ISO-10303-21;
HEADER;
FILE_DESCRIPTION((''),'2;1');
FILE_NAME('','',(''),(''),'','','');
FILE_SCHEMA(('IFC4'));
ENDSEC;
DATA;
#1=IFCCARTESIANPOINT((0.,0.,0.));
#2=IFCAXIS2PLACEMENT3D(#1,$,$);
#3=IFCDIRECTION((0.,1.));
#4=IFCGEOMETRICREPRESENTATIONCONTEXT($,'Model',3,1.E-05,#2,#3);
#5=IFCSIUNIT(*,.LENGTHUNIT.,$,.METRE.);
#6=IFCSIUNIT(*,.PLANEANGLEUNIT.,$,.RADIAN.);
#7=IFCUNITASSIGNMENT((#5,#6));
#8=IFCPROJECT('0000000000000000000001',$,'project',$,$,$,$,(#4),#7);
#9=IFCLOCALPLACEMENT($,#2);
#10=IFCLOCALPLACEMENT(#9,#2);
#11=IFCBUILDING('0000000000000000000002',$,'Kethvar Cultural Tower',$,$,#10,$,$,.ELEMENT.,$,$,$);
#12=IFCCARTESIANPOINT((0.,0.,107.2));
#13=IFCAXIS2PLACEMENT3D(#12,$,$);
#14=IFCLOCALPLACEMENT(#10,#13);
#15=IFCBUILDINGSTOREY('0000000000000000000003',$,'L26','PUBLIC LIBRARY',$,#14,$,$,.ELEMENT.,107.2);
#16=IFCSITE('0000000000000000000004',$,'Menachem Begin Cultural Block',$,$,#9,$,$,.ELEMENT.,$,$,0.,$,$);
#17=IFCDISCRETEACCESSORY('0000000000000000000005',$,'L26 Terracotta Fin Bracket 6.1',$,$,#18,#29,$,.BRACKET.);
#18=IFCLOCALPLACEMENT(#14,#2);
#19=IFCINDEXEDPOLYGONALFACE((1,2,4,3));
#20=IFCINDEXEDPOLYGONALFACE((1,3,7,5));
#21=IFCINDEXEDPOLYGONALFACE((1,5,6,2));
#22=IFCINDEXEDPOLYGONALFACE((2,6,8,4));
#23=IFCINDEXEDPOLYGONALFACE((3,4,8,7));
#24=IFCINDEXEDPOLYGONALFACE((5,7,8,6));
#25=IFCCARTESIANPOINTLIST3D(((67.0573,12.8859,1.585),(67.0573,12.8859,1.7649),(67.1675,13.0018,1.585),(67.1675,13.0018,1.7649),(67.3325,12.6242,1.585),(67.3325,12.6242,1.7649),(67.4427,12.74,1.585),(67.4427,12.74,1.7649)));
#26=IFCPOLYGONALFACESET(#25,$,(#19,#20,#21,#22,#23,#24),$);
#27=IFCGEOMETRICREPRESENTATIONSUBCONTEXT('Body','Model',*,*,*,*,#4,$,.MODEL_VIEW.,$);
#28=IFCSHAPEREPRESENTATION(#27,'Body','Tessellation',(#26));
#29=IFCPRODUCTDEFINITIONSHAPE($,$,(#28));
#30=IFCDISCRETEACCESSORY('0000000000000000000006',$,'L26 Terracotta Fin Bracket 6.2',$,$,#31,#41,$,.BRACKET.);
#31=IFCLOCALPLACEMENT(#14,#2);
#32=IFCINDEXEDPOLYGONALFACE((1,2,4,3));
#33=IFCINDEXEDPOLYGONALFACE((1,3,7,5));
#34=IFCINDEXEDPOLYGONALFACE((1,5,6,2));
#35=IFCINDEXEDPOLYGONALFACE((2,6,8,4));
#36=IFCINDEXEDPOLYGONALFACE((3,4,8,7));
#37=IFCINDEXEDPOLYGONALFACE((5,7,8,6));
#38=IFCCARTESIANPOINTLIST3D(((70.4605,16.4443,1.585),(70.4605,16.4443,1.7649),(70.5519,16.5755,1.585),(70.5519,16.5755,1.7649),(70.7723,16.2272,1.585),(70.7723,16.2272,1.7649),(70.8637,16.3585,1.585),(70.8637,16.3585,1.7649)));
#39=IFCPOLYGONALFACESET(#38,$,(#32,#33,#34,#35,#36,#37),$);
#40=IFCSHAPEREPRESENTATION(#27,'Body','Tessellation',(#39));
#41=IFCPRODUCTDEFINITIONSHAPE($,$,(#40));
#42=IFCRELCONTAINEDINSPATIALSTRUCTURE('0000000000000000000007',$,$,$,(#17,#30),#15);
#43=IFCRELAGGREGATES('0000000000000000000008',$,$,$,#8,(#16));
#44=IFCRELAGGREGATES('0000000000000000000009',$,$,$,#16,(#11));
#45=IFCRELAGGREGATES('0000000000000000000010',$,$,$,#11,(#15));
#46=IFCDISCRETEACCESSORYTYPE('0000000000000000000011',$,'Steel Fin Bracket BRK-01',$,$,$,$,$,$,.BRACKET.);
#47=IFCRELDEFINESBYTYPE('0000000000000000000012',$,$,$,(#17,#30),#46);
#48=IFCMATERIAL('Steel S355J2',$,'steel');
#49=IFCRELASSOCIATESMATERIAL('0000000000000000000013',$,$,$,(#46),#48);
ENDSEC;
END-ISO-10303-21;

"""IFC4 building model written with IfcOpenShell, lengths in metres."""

from ifc_helpers import new_model, si_unit, direction, frame, origin, origin_2d, place, context, subcontext, project, spatial, rectangle, extrude, source, transform, mapped, material, type_object, element, save


model = new_model("IFC4")

# Units and contexts
model_context = context("Model", 3, precision=1e-05, world=origin(), true_north=direction((0.0, 1.0)))
body_context = subcontext(model_context, "Body", "Model", "MODEL_VIEW")
ifc_project = project(units=[si_unit("LENGTHUNIT", "METRE"), si_unit("PLANEANGLEUNIT", "RADIAN")], contexts=[model_context])

# Site, building, storey
site_placement = place(None, origin())
site = spatial("IfcSite", under=ifc_project, at=site_placement, Name="Menachem Begin Cultural Block", CompositionType="ELEMENT", RefElevation=0.0)
building_placement = place(site_placement, origin())
building = spatial("IfcBuilding", under=site, at=building_placement, Name="Kethvar Cultural Tower", CompositionType="ELEMENT")
storey_placement = place(building_placement, frame((0.0, 0.0, 107.2)))
storey = spatial("IfcBuildingStorey", under=building, at=storey_placement, Name="L26", Description="PUBLIC LIBRARY", CompositionType="ELEMENT", Elevation=107.2)

# Shared definitions
ifc_material_1 = material(Name="Steel S355J2", Category="steel")

# Discrete accessories
discrete_accessory_type = type_object("IfcDiscreteAccessoryType", Name="Steel Fin Bracket BRK-01", PredefinedType="BRACKET", material=ifc_material_1)
shared_shape_1 = source(origin(), body_context, "Body", "SweptSolid", [
    extrude(rectangle(XDim=0.3799, YDim=0.1599, at=origin_2d()), origin(), (0.0, 0.0, 1.0), 0.1799),
])
for number, where, z_axis, x_axis, name in (
    (1, (67.25, 12.813, 1.585), (0.0, 0.0, 1.0), (0.724653, -0.689114, 0.0), "L26 Terracotta Fin Bracket 6.1"),
    (2, (70.6621, 16.4014, 1.585), (0.0, 0.0, 1.0), (0.820751, -0.571287, 0.0), "L26 Terracotta Fin Bracket 6.2"),
):
    element("IfcDiscreteAccessory", number, at=place(storey_placement, frame(where, z_axis=z_axis, x_axis=x_axis)), inside=storey, type_object=discrete_accessory_type, Name=name, PredefinedType="BRACKET", context=body_context, shape_type="MappedRepresentation", body=[
        mapped(shared_shape_1, transform((0.0, 0.0, 0.0), scale=1.0)),
    ])

save(model, "model.ifc")
